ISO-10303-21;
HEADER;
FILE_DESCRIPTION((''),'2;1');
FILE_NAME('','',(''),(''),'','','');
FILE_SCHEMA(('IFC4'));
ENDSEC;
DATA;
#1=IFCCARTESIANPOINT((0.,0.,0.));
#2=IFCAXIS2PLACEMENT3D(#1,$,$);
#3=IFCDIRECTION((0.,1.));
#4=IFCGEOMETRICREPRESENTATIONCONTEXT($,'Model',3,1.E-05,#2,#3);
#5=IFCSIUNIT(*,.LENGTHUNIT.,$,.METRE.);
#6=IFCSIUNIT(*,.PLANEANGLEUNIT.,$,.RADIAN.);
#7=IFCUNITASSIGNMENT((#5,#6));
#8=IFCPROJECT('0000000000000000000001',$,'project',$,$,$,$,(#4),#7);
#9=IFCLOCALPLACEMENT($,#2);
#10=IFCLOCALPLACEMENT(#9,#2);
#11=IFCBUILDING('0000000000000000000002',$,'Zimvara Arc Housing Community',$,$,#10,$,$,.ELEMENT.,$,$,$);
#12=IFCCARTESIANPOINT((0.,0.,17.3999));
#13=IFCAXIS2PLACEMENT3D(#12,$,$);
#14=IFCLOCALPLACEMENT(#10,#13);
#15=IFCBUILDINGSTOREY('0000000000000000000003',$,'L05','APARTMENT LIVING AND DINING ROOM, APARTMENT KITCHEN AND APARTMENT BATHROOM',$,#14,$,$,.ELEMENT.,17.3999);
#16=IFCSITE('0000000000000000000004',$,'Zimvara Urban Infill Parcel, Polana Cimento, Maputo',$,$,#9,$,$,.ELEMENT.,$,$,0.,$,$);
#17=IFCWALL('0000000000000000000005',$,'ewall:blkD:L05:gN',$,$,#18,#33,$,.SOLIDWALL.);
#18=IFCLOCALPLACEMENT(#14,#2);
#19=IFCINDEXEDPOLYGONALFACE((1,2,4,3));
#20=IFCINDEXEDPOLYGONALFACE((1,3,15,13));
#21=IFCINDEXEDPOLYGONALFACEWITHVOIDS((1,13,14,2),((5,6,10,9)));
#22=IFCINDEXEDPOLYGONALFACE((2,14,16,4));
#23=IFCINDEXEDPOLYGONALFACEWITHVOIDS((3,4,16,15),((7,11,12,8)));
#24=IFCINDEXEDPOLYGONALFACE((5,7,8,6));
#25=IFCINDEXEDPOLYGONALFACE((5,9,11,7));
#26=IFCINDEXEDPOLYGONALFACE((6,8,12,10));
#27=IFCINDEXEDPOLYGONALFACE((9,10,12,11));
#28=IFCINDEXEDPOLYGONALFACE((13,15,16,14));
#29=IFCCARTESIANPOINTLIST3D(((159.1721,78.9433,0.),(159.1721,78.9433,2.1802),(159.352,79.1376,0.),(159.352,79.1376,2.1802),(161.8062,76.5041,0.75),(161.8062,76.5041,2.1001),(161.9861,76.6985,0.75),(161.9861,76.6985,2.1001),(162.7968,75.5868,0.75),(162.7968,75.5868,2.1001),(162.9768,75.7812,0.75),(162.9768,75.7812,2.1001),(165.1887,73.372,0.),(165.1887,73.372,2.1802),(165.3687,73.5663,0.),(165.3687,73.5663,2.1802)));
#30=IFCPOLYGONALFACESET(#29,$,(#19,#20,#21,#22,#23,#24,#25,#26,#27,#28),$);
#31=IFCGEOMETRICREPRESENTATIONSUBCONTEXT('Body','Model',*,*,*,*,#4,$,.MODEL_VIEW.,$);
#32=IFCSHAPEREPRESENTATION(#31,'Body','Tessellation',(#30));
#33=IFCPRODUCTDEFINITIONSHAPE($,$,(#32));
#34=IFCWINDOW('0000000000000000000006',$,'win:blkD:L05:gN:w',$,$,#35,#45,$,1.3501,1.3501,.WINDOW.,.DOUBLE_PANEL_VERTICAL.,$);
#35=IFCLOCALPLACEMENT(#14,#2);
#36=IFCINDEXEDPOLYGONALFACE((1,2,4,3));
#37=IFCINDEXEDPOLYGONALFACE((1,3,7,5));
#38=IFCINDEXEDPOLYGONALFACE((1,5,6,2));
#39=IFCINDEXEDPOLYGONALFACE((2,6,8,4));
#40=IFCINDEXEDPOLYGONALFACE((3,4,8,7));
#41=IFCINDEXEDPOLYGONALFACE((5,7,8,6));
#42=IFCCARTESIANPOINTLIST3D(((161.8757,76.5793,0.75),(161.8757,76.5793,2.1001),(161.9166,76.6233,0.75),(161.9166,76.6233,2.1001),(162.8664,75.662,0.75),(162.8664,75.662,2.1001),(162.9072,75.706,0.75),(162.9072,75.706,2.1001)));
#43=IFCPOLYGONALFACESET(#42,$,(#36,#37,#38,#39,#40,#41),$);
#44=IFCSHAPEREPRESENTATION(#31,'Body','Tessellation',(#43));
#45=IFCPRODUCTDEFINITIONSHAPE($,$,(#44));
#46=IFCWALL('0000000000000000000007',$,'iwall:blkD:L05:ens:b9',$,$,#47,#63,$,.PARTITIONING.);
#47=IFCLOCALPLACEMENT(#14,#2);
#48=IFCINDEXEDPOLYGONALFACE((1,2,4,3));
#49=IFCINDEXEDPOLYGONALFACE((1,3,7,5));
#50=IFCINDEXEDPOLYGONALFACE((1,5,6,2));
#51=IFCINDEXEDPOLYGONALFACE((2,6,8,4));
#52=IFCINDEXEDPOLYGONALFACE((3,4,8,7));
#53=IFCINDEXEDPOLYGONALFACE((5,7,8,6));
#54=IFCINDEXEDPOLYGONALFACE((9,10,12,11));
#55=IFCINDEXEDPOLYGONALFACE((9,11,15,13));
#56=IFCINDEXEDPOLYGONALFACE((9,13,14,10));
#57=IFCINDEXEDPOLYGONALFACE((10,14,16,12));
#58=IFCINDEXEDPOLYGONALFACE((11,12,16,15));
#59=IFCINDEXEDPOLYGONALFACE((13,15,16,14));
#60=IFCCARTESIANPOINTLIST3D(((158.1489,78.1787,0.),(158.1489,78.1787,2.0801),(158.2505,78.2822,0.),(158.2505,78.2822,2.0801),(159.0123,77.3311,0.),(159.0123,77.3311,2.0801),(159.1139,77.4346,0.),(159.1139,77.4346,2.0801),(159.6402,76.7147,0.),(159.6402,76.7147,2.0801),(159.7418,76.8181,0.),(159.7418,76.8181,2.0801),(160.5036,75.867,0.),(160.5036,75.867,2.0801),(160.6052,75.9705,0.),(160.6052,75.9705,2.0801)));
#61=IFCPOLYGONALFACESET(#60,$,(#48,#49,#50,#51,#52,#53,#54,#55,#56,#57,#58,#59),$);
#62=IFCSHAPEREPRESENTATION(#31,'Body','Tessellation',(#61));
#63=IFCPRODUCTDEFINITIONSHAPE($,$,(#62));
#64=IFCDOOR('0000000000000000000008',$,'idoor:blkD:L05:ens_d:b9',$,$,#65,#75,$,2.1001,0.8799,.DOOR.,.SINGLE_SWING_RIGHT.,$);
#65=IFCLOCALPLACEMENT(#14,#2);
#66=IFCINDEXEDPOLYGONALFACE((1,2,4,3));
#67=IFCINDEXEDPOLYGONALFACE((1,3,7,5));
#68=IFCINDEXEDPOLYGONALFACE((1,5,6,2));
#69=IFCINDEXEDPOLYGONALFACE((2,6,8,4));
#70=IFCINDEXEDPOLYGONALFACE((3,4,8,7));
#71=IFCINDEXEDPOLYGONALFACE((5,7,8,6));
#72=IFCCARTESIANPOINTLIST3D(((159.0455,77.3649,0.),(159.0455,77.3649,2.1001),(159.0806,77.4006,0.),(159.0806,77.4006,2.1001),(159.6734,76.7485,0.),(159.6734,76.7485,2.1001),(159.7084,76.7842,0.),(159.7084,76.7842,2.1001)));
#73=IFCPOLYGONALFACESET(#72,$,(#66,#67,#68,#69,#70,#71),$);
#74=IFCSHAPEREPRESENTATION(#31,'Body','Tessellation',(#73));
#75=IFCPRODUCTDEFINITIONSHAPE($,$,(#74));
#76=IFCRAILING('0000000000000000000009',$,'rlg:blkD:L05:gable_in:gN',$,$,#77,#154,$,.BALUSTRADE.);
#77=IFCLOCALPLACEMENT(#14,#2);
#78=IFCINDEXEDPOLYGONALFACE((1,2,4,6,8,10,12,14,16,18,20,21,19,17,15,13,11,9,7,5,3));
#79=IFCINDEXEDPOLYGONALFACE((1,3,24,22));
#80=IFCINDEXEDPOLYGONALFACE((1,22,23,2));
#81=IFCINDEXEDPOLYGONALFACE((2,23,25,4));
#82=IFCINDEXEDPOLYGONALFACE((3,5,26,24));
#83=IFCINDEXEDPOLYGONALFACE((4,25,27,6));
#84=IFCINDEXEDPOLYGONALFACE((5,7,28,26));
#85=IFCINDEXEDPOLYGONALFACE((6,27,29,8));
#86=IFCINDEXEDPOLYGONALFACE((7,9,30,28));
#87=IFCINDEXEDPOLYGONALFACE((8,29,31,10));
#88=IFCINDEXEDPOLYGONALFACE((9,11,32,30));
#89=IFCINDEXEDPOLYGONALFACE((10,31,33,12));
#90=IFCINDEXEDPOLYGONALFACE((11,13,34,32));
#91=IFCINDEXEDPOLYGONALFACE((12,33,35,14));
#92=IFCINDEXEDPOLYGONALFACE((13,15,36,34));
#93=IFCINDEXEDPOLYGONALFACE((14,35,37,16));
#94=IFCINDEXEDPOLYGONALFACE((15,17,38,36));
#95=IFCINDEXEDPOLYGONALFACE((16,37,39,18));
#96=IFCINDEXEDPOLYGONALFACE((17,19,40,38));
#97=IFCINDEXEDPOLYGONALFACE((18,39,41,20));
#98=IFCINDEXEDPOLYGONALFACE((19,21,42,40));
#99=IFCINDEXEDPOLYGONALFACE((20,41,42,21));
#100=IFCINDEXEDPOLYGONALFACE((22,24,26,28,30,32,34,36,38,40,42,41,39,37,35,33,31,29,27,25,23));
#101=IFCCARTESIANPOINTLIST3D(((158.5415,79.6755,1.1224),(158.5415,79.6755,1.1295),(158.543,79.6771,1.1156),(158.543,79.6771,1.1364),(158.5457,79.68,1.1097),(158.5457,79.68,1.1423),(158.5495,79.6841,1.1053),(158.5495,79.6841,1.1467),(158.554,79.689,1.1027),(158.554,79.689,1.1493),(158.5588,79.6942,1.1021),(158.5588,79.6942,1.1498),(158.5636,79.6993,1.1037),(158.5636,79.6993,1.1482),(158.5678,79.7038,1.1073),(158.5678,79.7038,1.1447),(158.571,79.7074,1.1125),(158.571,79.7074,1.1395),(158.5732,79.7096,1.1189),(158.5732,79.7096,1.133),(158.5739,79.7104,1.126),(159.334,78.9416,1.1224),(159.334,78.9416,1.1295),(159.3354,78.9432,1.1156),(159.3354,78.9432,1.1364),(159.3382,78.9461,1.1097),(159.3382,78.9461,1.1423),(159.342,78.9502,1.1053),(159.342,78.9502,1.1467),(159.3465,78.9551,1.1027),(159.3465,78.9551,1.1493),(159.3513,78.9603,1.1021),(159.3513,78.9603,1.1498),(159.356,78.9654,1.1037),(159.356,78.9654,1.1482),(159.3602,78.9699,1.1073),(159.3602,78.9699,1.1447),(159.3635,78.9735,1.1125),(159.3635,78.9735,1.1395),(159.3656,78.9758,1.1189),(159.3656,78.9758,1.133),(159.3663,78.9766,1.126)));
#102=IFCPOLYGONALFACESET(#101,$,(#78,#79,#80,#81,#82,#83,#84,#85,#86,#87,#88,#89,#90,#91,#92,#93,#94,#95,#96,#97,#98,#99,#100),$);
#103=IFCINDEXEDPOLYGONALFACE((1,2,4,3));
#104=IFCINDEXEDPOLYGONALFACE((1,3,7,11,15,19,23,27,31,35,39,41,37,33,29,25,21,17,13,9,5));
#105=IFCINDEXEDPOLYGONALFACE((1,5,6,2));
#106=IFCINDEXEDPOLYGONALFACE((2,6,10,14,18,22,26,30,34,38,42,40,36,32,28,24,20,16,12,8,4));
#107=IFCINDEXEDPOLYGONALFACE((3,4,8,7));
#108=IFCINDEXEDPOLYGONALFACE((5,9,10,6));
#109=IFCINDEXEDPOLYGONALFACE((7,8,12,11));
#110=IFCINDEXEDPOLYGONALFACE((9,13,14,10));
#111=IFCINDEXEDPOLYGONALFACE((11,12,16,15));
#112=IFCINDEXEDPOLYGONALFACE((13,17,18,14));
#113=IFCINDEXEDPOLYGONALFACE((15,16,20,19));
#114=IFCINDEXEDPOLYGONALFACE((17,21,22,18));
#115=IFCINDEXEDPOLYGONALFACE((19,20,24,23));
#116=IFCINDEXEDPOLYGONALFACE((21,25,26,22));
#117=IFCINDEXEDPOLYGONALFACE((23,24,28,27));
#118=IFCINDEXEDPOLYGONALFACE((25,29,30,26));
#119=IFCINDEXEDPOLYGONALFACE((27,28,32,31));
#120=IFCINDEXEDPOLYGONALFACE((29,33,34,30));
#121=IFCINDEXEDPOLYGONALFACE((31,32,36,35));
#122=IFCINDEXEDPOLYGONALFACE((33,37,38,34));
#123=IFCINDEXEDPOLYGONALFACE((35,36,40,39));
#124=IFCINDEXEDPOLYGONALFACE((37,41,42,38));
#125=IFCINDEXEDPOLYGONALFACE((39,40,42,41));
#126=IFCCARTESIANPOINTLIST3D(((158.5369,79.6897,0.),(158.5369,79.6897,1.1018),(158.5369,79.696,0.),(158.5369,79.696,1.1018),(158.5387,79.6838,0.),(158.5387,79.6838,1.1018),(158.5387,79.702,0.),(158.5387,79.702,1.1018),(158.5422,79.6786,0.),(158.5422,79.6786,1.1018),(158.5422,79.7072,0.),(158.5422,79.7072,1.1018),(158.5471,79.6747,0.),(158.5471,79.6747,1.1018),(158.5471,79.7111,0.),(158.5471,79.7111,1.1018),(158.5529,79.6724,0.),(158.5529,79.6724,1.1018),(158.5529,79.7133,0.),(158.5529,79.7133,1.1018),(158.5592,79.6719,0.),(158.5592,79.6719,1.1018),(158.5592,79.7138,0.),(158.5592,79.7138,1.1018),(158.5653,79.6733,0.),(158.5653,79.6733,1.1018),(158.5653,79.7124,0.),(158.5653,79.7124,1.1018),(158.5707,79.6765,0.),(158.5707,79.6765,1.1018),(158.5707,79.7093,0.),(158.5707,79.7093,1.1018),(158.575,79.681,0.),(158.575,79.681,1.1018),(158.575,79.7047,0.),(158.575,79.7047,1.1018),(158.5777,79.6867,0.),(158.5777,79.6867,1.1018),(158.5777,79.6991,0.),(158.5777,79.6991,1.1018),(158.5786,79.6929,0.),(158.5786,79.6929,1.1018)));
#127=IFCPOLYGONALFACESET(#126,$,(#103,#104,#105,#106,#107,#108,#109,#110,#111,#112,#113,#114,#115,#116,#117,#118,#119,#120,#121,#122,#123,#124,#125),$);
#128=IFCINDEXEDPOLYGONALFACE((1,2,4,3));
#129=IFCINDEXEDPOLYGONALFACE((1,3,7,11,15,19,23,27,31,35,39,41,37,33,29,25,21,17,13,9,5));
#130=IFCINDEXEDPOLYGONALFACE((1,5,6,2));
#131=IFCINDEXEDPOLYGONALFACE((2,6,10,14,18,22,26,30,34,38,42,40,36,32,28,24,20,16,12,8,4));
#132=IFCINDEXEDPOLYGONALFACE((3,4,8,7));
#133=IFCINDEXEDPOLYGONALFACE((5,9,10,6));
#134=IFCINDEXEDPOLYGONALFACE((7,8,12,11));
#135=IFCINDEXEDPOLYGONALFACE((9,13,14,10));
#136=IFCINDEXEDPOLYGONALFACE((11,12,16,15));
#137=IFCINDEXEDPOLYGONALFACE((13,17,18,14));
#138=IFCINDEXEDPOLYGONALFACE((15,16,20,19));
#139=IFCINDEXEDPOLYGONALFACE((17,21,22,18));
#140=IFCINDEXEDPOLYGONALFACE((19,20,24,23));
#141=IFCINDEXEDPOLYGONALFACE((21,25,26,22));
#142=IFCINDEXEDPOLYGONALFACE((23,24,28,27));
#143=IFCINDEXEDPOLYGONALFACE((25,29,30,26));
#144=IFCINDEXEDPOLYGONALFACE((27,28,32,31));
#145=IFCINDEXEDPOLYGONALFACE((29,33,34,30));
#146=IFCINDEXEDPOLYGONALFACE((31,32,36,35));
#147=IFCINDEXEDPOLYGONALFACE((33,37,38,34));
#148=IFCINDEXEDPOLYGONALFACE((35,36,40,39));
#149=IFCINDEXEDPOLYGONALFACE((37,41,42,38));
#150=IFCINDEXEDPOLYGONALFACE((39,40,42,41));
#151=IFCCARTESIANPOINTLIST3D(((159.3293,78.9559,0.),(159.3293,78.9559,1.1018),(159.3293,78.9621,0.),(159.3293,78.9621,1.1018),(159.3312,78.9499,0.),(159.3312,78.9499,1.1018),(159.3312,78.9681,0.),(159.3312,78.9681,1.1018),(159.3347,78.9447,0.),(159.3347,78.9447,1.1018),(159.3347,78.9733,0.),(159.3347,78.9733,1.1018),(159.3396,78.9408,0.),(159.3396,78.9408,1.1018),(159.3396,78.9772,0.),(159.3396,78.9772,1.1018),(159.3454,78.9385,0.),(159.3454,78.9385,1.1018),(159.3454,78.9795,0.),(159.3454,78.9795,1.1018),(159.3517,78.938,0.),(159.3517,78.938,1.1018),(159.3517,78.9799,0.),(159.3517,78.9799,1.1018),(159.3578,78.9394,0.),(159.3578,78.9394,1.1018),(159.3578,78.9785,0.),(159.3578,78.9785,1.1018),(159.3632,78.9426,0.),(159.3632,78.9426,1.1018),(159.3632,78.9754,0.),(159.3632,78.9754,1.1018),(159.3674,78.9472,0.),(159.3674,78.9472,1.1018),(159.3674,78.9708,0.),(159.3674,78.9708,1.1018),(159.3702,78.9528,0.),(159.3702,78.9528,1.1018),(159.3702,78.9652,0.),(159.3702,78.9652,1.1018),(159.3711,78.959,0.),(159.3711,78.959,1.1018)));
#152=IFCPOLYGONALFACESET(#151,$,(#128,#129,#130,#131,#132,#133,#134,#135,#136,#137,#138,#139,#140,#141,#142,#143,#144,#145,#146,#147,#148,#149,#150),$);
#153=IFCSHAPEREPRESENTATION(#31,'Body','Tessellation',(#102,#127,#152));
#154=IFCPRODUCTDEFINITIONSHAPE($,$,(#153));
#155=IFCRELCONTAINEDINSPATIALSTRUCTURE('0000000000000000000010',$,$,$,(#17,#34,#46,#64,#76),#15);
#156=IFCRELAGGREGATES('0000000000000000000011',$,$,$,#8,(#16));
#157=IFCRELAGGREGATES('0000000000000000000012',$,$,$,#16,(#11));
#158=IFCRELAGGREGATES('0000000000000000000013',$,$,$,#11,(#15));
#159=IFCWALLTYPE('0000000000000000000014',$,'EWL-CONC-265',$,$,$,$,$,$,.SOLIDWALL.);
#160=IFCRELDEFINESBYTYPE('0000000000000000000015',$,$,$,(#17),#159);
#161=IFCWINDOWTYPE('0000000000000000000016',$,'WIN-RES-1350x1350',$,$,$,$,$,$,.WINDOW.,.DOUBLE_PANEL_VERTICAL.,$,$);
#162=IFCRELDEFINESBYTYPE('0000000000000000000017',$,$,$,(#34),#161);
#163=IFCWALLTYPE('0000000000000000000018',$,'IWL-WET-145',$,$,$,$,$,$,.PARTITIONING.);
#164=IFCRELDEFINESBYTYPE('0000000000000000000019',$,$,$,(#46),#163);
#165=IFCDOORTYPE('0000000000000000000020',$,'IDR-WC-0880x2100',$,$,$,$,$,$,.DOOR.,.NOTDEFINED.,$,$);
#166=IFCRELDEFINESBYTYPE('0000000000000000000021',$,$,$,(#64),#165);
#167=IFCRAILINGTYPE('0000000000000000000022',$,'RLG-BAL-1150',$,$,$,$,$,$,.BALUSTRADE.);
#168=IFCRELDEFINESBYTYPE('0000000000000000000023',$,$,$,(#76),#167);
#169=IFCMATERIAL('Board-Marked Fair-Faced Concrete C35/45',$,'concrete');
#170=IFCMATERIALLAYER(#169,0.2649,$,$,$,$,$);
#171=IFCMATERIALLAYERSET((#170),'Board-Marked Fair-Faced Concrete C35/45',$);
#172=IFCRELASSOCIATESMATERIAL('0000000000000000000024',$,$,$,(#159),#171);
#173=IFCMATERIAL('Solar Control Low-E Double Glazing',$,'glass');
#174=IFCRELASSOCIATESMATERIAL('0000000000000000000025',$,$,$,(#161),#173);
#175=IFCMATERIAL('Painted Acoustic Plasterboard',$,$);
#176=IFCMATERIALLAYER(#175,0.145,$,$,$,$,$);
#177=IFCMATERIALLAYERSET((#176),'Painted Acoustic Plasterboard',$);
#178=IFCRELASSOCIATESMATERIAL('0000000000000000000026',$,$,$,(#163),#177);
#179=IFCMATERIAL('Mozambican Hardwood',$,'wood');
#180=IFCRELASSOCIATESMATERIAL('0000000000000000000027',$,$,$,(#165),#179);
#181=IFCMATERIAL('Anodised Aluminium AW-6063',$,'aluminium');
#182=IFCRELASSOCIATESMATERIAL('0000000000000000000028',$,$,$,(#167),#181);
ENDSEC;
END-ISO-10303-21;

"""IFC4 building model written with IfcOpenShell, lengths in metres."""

from ifc_helpers import new_model, si_unit, direction, frame, frame_2d, origin, origin_2d, place, context, subcontext, project, spatial, rectangle, circle, extrude, material, layer, layer_set, type_object, element, fill, save


model = new_model("IFC4")

# Units and contexts
model_context = context("Model", 3, precision=1e-05, world=origin(), true_north=direction((0.0, 1.0)))
body_context = subcontext(model_context, "Body", "Model", "MODEL_VIEW")
ifc_project = project(units=[si_unit("LENGTHUNIT", "METRE"), si_unit("PLANEANGLEUNIT", "RADIAN")], contexts=[model_context])

# Site, building, storey
site_placement = place(None, origin())
site = spatial("IfcSite", under=ifc_project, at=site_placement, Name="Zimvara Urban Infill Parcel, Polana Cimento, Maputo", CompositionType="ELEMENT", RefElevation=0.0)
building_placement = place(site_placement, origin())
building = spatial("IfcBuilding", under=site, at=building_placement, Name="Zimvara Arc Housing Community", CompositionType="ELEMENT")
storey_placement = place(building_placement, frame((0.0, 0.0, 17.3999)))
storey = spatial("IfcBuildingStorey", under=building, at=storey_placement, Name="L05", Description="APARTMENT LIVING AND DINING ROOM, APARTMENT KITCHEN AND APARTMENT BATHROOM", CompositionType="ELEMENT", Elevation=17.3999)

# Wall, opening, window
ifc_material_1 = material(Name="Board-Marked Fair-Faced Concrete C35/45", Category="concrete")
ifc_layer_1 = layer(ifc_material_1, 0.2649)
ifc_layer_set_1 = layer_set([ifc_layer_1], Name="Board-Marked Fair-Faced Concrete C35/45")
wall_type_1 = type_object("IfcWallType", Name="EWL-CONC-265", PredefinedType="SOLIDWALL", material=ifc_layer_set_1)
wall_1_placement = place(storey_placement, frame((159.262, 79.0405, 0.0), z_axis=(0.0, 0.0, 1.0), x_axis=(0.733739, -0.679432, 0.0)))
wall_1 = element("IfcWall", 1, at=wall_1_placement, inside=storey, type_object=wall_type_1, Name="ewall:blkD:L05:gN", PredefinedType="SOLIDWALL", context=body_context, shape_type="SweptSolid", body=[
    extrude(rectangle(XDim=8.2, YDim=0.2649, at=frame_2d((4.1001, 0.0))), origin(), (0.0, 0.0, 1.0), 2.1802),
])
opening_1_placement = place(wall_1_placement, frame((3.5901, 0.0, 0.75)))
opening_1 = element("IfcOpeningElement", 2, at=opening_1_placement, cuts=wall_1, PredefinedType="OPENING", context=body_context, shape_type="SweptSolid", body=[
    extrude(rectangle(XDim=1.3501, YDim=1.3501, at=frame_2d((0.675, 0.675))), frame((0.0, 0.1423, 0.0), z_axis=(0.0, -1.0, 0.0), x_axis=(1.0, 0.0, 0.0)), (0.0, 0.0, 1.0), 0.2849),
])
ifc_material_2 = material(Name="Solar Control Low-E Double Glazing", Category="glass")
window_type = type_object("IfcWindowType", Name="WIN-RES-1350x1350", PartitioningType="DOUBLE_PANEL_VERTICAL", PredefinedType="WINDOW", material=ifc_material_2)
window_placement = place(opening_1_placement, origin())
window = element("IfcWindow", 3, at=window_placement, inside=storey, type_object=window_type, Name="win:blkD:L05:gN:w", OverallHeight=1.3501, OverallWidth=1.3501, PartitioningType="DOUBLE_PANEL_VERTICAL", PredefinedType="WINDOW", context=body_context, shape_type="SweptSolid", body=[
    extrude(rectangle(XDim=1.3501, YDim=1.3501, at=frame_2d((0.675, 0.675))), frame((0.0, 0.03, 0.0), z_axis=(0.0, -1.0, 0.0), x_axis=(1.0, 0.0, 0.0)), (0.0, 0.0, 1.0), 0.0601),
])
fill(opening_1, window)

# Wall, opening, door
ifc_material_3 = material(Name="Painted Acoustic Plasterboard")
ifc_layer_2 = layer(ifc_material_3, 0.145)
ifc_layer_set_2 = layer_set([ifc_layer_2], Name="Painted Acoustic Plasterboard")
wall_type_2 = type_object("IfcWallType", Name="IWL-WET-145", PredefinedType="PARTITIONING", material=ifc_layer_set_2)
wall_2_placement = place(storey_placement, frame((158.1997, 78.2305, 0.0), z_axis=(0.0, 0.0, 1.0), x_axis=(0.713588, -0.700566, 0.0)))
wall_2 = element("IfcWall", 4, at=wall_2_placement, inside=storey, type_object=wall_type_2, Name="iwall:blkD:L05:ens:b9", PredefinedType="PARTITIONING", context=body_context, shape_type="SweptSolid", body=[
    extrude(rectangle(XDim=3.2998, YDim=0.145, at=frame_2d((1.6499, 0.0))), origin(), (0.0, 0.0, 1.0), 2.0801),
])
opening_2_placement = place(wall_2_placement, frame((1.21, 0.0, 0.0)))
opening_2 = element("IfcOpeningElement", 5, at=opening_2_placement, cuts=wall_2, PredefinedType="OPENING", context=body_context, shape_type="SweptSolid", body=[
    extrude(rectangle(XDim=0.8799, YDim=2.1001, at=frame_2d((0.4399, 1.05))), frame((0.0, 0.0825, 0.0), z_axis=(0.0, -1.0, 0.0), x_axis=(1.0, 0.0, 0.0)), (0.0, 0.0, 1.0), 0.165),
])
ifc_material_4 = material(Name="Mozambican Hardwood", Category="wood")
door_type = type_object("IfcDoorType", Name="IDR-WC-0880x2100", OperationType="NOTDEFINED", PredefinedType="DOOR", material=ifc_material_4)
door_placement = place(opening_2_placement, origin())
door = element("IfcDoor", 6, at=door_placement, inside=storey, type_object=door_type, Name="idoor:blkD:L05:ens_d:b9", OperationType="SINGLE_SWING_RIGHT", OverallHeight=2.1001, OverallWidth=0.8799, PredefinedType="DOOR", context=body_context, shape_type="SweptSolid", body=[
    extrude(rectangle(XDim=0.8799, YDim=2.1001, at=frame_2d((0.4399, 1.05))), frame((0.0, 0.0249, 0.0), z_axis=(0.0, -1.0, 0.0), x_axis=(1.0, 0.0, 0.0)), (0.0, 0.0, 1.0), 0.05),
])
fill(opening_2, door)

# Railing
ifc_material_5 = material(Name="Anodised Aluminium AW-6063", Category="aluminium")
railing_type = type_object("IfcRailingType", Name="RLG-BAL-1150", PredefinedType="BALUSTRADE", material=ifc_material_5)
railing_placement = place(storey_placement, frame((158.5576, 79.6929, 0.0)))
element("IfcRailing", 7, at=railing_placement, inside=storey, type_object=railing_type, Name="rlg:blkD:L05:gable_in:gN", PredefinedType="BALUSTRADE", context=body_context, shape_type="SweptSolid", body=[
    extrude(circle(Radius=0.0239, at=origin_2d()), frame((0.0, 0.0, 1.126), z_axis=(0.733711, -0.679462, 0.0), x_axis=(0.679462, 0.733711, 0.0)), (0.0, 0.0, 1.0), 1.0801),
    extrude(circle(Radius=0.021, at=origin_2d()), origin(), (0.0, 0.0, 1.0), 1.1018),
    extrude(circle(Radius=0.021, at=origin_2d()), frame((0.7925, -0.7339, 0.0)), (0.0, 0.0, 1.0), 1.1018),
])

save(model, "model.ifc")
